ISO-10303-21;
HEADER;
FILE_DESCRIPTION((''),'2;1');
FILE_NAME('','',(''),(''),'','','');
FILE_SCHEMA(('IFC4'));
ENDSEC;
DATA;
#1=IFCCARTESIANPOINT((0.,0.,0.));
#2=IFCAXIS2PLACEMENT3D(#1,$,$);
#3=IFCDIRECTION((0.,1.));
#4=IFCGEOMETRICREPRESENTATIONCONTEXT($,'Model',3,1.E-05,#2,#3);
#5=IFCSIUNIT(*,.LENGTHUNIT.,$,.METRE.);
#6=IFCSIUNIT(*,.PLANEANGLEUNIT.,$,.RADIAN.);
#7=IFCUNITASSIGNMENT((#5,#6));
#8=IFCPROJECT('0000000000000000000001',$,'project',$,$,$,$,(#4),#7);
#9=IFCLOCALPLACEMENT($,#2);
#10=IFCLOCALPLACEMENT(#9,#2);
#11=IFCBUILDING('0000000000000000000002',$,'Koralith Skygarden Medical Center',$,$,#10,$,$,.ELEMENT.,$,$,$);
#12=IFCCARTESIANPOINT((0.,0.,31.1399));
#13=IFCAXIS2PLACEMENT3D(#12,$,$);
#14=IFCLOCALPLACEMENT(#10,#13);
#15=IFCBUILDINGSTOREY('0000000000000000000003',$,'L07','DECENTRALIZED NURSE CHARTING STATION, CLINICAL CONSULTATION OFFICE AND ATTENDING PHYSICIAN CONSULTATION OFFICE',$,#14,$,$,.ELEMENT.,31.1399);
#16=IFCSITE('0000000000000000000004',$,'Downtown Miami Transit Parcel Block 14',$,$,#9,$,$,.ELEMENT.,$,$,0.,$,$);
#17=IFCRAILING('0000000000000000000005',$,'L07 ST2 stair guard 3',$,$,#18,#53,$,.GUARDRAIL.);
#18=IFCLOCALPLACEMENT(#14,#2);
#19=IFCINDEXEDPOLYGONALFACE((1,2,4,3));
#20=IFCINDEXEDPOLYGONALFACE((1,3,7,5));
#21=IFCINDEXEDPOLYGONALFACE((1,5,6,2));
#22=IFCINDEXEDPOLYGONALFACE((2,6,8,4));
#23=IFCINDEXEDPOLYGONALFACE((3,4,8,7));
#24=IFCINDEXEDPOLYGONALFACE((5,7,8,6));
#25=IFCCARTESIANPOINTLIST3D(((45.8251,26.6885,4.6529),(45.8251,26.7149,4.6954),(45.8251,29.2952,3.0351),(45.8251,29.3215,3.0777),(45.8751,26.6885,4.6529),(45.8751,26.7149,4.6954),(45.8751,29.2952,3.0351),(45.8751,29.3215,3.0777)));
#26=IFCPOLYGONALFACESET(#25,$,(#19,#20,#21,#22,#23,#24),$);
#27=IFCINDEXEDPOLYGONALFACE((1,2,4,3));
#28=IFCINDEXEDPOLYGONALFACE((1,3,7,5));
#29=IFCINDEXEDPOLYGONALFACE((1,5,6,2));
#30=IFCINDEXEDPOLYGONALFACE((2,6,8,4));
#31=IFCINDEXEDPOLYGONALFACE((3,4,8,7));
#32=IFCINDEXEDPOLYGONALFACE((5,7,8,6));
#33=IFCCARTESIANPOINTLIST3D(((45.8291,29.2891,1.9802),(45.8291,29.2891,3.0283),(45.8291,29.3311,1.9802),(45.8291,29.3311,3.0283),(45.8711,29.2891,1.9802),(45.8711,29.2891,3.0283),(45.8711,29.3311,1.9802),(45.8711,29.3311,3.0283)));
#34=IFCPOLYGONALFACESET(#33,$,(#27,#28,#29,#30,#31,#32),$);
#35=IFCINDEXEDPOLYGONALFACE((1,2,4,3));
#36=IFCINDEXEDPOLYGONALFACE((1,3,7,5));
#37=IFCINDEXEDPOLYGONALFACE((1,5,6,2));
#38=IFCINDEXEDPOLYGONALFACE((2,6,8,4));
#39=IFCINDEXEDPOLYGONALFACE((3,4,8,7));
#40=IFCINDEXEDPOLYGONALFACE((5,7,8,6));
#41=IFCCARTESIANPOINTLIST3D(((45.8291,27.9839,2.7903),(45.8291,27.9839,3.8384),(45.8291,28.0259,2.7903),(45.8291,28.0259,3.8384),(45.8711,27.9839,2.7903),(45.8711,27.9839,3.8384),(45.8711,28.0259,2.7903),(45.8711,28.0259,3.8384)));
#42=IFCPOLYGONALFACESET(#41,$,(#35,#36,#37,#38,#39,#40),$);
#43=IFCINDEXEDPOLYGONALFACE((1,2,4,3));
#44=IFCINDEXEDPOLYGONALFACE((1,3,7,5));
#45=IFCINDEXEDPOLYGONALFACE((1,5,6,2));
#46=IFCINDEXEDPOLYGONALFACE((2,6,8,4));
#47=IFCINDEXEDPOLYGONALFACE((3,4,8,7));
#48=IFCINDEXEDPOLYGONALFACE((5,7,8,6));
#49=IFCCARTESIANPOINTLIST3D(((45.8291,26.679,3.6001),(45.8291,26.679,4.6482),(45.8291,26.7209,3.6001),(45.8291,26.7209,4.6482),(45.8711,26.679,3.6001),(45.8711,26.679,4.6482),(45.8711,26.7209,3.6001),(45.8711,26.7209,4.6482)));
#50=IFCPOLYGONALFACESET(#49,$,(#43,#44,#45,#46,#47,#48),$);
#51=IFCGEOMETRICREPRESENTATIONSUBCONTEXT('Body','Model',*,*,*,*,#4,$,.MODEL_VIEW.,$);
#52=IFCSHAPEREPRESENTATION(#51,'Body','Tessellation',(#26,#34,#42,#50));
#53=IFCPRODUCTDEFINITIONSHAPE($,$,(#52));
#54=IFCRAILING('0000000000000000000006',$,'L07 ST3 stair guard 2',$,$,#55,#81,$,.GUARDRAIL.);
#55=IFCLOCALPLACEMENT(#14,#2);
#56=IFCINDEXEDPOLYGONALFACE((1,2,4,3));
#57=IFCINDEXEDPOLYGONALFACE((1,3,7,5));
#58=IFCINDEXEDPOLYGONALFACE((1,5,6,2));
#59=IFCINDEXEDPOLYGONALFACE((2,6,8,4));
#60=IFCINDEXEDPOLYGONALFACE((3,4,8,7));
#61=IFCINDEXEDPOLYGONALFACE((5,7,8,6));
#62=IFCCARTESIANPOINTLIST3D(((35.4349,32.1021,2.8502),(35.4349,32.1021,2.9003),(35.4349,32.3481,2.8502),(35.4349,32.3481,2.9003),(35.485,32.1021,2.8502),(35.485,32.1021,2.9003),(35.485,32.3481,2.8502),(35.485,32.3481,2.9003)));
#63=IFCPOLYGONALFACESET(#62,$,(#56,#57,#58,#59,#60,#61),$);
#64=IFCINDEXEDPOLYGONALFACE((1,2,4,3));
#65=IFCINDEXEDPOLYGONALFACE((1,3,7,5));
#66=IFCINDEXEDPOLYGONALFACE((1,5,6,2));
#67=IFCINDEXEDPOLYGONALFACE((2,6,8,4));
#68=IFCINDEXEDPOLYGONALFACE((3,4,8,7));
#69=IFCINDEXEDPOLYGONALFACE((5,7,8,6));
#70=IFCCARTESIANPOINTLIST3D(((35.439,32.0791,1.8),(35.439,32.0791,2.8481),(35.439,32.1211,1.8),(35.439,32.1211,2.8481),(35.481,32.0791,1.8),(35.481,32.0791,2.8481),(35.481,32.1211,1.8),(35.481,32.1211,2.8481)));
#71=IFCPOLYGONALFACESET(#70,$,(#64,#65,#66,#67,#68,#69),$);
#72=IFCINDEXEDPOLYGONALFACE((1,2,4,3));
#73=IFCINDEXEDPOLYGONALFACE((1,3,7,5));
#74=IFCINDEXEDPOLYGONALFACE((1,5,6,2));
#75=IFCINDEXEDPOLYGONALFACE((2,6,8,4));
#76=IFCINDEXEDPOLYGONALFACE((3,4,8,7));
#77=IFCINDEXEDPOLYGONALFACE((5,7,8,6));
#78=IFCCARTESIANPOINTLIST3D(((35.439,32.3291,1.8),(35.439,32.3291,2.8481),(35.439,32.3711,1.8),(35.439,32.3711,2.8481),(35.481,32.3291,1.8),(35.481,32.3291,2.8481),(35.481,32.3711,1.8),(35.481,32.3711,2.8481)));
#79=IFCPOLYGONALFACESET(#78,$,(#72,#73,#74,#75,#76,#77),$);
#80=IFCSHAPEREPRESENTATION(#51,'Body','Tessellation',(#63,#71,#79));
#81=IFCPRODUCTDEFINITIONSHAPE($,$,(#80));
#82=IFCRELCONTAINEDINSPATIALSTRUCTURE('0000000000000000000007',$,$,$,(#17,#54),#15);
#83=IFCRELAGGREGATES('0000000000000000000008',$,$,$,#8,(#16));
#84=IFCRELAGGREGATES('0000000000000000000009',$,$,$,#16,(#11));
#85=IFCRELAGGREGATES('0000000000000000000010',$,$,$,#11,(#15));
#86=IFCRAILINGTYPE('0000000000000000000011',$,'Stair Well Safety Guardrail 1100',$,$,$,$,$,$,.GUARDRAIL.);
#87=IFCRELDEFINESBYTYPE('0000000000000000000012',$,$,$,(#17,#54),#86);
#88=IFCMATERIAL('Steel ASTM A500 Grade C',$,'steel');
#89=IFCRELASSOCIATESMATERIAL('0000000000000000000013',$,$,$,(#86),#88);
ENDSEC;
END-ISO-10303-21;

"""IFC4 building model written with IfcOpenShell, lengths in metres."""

from ifc_helpers import new_model, si_unit, direction, frame, origin, origin_2d, place, context, subcontext, project, spatial, rectangle, extrude, material, type_object, element, save


model = new_model("IFC4")

# Units and contexts
model_context = context("Model", 3, precision=1e-05, world=origin(), true_north=direction((0.0, 1.0)))
body_context = subcontext(model_context, "Body", "Model", "MODEL_VIEW")
ifc_project = project(units=[si_unit("LENGTHUNIT", "METRE"), si_unit("PLANEANGLEUNIT", "RADIAN")], contexts=[model_context])

# Site, building, storey
site_placement = place(None, origin())
site = spatial("IfcSite", under=ifc_project, at=site_placement, Name="Downtown Miami Transit Parcel Block 14", CompositionType="ELEMENT", RefElevation=0.0)
building_placement = place(site_placement, origin())
building = spatial("IfcBuilding", under=site, at=building_placement, Name="Koralith Skygarden Medical Center", CompositionType="ELEMENT")
storey_placement = place(building_placement, frame((0.0, 0.0, 31.1399)))
storey = spatial("IfcBuildingStorey", under=building, at=storey_placement, Name="L07", Description="DECENTRALIZED NURSE CHARTING STATION, CLINICAL CONSULTATION OFFICE AND ATTENDING PHYSICIAN CONSULTATION OFFICE", CompositionType="ELEMENT", Elevation=31.1399)

# Shared definitions
ifc_material_1 = material(Name="Steel ASTM A500 Grade C", Category="steel")

# Railings
railing_type_1 = type_object("IfcRailingType", Name="Stair Well Safety Guardrail 1100", PredefinedType="GUARDRAIL", material=ifc_material_1)
railing_1_placement = place(storey_placement, frame((45.8501, 29.3101, 1.9802)))
element("IfcRailing", 1, at=railing_1_placement, inside=storey, type_object=railing_type_1, Name="L07 ST2 stair guard 3", PredefinedType="GUARDRAIL", context=body_context, shape_type="SweptSolid", body=[
    extrude(rectangle(XDim=0.05, YDim=0.05, at=origin_2d()), frame((0.0, -0.0017, 1.0762), z_axis=(0.0, -0.849668, 0.527317), x_axis=(1.0, 0.0, 0.0)), (0.0, 0.0, 1.0), 3.0679),
    extrude(rectangle(XDim=0.042, YDim=0.042, at=origin_2d()), origin(), (0.0, 0.0, 1.0), 1.0481),
    extrude(rectangle(XDim=0.042, YDim=0.042, at=origin_2d()), frame((0.0, -1.3052, 0.8101)), (0.0, 0.0, 1.0), 1.0481),
    extrude(rectangle(XDim=0.042, YDim=0.042, at=origin_2d()), frame((0.0, -2.6101, 1.6199)), (0.0, 0.0, 1.0), 1.0481),
])
railing_2_placement = place(storey_placement, frame((35.46, 32.1001, 1.8)))
element("IfcRailing", 2, at=railing_2_placement, inside=storey, type_object=railing_type_1, Name="L07 ST3 stair guard 2", PredefinedType="GUARDRAIL", context=body_context, shape_type="SweptSolid", body=[
    extrude(rectangle(XDim=0.05, YDim=0.05, at=origin_2d()), frame((0.0, 0.002, 1.0752), z_axis=(0.0, 1.0, 0.0), x_axis=(-1.0, 0.0, 0.0)), (0.0, 0.0, 1.0), 0.2461),
    extrude(rectangle(XDim=0.042, YDim=0.042, at=origin_2d()), origin(), (0.0, 0.0, 1.0), 1.0481),
    extrude(rectangle(XDim=0.042, YDim=0.042, at=origin_2d()), frame((0.0, 0.25, 0.0)), (0.0, 0.0, 1.0), 1.0481),
])

save(model, "model.ifc")
